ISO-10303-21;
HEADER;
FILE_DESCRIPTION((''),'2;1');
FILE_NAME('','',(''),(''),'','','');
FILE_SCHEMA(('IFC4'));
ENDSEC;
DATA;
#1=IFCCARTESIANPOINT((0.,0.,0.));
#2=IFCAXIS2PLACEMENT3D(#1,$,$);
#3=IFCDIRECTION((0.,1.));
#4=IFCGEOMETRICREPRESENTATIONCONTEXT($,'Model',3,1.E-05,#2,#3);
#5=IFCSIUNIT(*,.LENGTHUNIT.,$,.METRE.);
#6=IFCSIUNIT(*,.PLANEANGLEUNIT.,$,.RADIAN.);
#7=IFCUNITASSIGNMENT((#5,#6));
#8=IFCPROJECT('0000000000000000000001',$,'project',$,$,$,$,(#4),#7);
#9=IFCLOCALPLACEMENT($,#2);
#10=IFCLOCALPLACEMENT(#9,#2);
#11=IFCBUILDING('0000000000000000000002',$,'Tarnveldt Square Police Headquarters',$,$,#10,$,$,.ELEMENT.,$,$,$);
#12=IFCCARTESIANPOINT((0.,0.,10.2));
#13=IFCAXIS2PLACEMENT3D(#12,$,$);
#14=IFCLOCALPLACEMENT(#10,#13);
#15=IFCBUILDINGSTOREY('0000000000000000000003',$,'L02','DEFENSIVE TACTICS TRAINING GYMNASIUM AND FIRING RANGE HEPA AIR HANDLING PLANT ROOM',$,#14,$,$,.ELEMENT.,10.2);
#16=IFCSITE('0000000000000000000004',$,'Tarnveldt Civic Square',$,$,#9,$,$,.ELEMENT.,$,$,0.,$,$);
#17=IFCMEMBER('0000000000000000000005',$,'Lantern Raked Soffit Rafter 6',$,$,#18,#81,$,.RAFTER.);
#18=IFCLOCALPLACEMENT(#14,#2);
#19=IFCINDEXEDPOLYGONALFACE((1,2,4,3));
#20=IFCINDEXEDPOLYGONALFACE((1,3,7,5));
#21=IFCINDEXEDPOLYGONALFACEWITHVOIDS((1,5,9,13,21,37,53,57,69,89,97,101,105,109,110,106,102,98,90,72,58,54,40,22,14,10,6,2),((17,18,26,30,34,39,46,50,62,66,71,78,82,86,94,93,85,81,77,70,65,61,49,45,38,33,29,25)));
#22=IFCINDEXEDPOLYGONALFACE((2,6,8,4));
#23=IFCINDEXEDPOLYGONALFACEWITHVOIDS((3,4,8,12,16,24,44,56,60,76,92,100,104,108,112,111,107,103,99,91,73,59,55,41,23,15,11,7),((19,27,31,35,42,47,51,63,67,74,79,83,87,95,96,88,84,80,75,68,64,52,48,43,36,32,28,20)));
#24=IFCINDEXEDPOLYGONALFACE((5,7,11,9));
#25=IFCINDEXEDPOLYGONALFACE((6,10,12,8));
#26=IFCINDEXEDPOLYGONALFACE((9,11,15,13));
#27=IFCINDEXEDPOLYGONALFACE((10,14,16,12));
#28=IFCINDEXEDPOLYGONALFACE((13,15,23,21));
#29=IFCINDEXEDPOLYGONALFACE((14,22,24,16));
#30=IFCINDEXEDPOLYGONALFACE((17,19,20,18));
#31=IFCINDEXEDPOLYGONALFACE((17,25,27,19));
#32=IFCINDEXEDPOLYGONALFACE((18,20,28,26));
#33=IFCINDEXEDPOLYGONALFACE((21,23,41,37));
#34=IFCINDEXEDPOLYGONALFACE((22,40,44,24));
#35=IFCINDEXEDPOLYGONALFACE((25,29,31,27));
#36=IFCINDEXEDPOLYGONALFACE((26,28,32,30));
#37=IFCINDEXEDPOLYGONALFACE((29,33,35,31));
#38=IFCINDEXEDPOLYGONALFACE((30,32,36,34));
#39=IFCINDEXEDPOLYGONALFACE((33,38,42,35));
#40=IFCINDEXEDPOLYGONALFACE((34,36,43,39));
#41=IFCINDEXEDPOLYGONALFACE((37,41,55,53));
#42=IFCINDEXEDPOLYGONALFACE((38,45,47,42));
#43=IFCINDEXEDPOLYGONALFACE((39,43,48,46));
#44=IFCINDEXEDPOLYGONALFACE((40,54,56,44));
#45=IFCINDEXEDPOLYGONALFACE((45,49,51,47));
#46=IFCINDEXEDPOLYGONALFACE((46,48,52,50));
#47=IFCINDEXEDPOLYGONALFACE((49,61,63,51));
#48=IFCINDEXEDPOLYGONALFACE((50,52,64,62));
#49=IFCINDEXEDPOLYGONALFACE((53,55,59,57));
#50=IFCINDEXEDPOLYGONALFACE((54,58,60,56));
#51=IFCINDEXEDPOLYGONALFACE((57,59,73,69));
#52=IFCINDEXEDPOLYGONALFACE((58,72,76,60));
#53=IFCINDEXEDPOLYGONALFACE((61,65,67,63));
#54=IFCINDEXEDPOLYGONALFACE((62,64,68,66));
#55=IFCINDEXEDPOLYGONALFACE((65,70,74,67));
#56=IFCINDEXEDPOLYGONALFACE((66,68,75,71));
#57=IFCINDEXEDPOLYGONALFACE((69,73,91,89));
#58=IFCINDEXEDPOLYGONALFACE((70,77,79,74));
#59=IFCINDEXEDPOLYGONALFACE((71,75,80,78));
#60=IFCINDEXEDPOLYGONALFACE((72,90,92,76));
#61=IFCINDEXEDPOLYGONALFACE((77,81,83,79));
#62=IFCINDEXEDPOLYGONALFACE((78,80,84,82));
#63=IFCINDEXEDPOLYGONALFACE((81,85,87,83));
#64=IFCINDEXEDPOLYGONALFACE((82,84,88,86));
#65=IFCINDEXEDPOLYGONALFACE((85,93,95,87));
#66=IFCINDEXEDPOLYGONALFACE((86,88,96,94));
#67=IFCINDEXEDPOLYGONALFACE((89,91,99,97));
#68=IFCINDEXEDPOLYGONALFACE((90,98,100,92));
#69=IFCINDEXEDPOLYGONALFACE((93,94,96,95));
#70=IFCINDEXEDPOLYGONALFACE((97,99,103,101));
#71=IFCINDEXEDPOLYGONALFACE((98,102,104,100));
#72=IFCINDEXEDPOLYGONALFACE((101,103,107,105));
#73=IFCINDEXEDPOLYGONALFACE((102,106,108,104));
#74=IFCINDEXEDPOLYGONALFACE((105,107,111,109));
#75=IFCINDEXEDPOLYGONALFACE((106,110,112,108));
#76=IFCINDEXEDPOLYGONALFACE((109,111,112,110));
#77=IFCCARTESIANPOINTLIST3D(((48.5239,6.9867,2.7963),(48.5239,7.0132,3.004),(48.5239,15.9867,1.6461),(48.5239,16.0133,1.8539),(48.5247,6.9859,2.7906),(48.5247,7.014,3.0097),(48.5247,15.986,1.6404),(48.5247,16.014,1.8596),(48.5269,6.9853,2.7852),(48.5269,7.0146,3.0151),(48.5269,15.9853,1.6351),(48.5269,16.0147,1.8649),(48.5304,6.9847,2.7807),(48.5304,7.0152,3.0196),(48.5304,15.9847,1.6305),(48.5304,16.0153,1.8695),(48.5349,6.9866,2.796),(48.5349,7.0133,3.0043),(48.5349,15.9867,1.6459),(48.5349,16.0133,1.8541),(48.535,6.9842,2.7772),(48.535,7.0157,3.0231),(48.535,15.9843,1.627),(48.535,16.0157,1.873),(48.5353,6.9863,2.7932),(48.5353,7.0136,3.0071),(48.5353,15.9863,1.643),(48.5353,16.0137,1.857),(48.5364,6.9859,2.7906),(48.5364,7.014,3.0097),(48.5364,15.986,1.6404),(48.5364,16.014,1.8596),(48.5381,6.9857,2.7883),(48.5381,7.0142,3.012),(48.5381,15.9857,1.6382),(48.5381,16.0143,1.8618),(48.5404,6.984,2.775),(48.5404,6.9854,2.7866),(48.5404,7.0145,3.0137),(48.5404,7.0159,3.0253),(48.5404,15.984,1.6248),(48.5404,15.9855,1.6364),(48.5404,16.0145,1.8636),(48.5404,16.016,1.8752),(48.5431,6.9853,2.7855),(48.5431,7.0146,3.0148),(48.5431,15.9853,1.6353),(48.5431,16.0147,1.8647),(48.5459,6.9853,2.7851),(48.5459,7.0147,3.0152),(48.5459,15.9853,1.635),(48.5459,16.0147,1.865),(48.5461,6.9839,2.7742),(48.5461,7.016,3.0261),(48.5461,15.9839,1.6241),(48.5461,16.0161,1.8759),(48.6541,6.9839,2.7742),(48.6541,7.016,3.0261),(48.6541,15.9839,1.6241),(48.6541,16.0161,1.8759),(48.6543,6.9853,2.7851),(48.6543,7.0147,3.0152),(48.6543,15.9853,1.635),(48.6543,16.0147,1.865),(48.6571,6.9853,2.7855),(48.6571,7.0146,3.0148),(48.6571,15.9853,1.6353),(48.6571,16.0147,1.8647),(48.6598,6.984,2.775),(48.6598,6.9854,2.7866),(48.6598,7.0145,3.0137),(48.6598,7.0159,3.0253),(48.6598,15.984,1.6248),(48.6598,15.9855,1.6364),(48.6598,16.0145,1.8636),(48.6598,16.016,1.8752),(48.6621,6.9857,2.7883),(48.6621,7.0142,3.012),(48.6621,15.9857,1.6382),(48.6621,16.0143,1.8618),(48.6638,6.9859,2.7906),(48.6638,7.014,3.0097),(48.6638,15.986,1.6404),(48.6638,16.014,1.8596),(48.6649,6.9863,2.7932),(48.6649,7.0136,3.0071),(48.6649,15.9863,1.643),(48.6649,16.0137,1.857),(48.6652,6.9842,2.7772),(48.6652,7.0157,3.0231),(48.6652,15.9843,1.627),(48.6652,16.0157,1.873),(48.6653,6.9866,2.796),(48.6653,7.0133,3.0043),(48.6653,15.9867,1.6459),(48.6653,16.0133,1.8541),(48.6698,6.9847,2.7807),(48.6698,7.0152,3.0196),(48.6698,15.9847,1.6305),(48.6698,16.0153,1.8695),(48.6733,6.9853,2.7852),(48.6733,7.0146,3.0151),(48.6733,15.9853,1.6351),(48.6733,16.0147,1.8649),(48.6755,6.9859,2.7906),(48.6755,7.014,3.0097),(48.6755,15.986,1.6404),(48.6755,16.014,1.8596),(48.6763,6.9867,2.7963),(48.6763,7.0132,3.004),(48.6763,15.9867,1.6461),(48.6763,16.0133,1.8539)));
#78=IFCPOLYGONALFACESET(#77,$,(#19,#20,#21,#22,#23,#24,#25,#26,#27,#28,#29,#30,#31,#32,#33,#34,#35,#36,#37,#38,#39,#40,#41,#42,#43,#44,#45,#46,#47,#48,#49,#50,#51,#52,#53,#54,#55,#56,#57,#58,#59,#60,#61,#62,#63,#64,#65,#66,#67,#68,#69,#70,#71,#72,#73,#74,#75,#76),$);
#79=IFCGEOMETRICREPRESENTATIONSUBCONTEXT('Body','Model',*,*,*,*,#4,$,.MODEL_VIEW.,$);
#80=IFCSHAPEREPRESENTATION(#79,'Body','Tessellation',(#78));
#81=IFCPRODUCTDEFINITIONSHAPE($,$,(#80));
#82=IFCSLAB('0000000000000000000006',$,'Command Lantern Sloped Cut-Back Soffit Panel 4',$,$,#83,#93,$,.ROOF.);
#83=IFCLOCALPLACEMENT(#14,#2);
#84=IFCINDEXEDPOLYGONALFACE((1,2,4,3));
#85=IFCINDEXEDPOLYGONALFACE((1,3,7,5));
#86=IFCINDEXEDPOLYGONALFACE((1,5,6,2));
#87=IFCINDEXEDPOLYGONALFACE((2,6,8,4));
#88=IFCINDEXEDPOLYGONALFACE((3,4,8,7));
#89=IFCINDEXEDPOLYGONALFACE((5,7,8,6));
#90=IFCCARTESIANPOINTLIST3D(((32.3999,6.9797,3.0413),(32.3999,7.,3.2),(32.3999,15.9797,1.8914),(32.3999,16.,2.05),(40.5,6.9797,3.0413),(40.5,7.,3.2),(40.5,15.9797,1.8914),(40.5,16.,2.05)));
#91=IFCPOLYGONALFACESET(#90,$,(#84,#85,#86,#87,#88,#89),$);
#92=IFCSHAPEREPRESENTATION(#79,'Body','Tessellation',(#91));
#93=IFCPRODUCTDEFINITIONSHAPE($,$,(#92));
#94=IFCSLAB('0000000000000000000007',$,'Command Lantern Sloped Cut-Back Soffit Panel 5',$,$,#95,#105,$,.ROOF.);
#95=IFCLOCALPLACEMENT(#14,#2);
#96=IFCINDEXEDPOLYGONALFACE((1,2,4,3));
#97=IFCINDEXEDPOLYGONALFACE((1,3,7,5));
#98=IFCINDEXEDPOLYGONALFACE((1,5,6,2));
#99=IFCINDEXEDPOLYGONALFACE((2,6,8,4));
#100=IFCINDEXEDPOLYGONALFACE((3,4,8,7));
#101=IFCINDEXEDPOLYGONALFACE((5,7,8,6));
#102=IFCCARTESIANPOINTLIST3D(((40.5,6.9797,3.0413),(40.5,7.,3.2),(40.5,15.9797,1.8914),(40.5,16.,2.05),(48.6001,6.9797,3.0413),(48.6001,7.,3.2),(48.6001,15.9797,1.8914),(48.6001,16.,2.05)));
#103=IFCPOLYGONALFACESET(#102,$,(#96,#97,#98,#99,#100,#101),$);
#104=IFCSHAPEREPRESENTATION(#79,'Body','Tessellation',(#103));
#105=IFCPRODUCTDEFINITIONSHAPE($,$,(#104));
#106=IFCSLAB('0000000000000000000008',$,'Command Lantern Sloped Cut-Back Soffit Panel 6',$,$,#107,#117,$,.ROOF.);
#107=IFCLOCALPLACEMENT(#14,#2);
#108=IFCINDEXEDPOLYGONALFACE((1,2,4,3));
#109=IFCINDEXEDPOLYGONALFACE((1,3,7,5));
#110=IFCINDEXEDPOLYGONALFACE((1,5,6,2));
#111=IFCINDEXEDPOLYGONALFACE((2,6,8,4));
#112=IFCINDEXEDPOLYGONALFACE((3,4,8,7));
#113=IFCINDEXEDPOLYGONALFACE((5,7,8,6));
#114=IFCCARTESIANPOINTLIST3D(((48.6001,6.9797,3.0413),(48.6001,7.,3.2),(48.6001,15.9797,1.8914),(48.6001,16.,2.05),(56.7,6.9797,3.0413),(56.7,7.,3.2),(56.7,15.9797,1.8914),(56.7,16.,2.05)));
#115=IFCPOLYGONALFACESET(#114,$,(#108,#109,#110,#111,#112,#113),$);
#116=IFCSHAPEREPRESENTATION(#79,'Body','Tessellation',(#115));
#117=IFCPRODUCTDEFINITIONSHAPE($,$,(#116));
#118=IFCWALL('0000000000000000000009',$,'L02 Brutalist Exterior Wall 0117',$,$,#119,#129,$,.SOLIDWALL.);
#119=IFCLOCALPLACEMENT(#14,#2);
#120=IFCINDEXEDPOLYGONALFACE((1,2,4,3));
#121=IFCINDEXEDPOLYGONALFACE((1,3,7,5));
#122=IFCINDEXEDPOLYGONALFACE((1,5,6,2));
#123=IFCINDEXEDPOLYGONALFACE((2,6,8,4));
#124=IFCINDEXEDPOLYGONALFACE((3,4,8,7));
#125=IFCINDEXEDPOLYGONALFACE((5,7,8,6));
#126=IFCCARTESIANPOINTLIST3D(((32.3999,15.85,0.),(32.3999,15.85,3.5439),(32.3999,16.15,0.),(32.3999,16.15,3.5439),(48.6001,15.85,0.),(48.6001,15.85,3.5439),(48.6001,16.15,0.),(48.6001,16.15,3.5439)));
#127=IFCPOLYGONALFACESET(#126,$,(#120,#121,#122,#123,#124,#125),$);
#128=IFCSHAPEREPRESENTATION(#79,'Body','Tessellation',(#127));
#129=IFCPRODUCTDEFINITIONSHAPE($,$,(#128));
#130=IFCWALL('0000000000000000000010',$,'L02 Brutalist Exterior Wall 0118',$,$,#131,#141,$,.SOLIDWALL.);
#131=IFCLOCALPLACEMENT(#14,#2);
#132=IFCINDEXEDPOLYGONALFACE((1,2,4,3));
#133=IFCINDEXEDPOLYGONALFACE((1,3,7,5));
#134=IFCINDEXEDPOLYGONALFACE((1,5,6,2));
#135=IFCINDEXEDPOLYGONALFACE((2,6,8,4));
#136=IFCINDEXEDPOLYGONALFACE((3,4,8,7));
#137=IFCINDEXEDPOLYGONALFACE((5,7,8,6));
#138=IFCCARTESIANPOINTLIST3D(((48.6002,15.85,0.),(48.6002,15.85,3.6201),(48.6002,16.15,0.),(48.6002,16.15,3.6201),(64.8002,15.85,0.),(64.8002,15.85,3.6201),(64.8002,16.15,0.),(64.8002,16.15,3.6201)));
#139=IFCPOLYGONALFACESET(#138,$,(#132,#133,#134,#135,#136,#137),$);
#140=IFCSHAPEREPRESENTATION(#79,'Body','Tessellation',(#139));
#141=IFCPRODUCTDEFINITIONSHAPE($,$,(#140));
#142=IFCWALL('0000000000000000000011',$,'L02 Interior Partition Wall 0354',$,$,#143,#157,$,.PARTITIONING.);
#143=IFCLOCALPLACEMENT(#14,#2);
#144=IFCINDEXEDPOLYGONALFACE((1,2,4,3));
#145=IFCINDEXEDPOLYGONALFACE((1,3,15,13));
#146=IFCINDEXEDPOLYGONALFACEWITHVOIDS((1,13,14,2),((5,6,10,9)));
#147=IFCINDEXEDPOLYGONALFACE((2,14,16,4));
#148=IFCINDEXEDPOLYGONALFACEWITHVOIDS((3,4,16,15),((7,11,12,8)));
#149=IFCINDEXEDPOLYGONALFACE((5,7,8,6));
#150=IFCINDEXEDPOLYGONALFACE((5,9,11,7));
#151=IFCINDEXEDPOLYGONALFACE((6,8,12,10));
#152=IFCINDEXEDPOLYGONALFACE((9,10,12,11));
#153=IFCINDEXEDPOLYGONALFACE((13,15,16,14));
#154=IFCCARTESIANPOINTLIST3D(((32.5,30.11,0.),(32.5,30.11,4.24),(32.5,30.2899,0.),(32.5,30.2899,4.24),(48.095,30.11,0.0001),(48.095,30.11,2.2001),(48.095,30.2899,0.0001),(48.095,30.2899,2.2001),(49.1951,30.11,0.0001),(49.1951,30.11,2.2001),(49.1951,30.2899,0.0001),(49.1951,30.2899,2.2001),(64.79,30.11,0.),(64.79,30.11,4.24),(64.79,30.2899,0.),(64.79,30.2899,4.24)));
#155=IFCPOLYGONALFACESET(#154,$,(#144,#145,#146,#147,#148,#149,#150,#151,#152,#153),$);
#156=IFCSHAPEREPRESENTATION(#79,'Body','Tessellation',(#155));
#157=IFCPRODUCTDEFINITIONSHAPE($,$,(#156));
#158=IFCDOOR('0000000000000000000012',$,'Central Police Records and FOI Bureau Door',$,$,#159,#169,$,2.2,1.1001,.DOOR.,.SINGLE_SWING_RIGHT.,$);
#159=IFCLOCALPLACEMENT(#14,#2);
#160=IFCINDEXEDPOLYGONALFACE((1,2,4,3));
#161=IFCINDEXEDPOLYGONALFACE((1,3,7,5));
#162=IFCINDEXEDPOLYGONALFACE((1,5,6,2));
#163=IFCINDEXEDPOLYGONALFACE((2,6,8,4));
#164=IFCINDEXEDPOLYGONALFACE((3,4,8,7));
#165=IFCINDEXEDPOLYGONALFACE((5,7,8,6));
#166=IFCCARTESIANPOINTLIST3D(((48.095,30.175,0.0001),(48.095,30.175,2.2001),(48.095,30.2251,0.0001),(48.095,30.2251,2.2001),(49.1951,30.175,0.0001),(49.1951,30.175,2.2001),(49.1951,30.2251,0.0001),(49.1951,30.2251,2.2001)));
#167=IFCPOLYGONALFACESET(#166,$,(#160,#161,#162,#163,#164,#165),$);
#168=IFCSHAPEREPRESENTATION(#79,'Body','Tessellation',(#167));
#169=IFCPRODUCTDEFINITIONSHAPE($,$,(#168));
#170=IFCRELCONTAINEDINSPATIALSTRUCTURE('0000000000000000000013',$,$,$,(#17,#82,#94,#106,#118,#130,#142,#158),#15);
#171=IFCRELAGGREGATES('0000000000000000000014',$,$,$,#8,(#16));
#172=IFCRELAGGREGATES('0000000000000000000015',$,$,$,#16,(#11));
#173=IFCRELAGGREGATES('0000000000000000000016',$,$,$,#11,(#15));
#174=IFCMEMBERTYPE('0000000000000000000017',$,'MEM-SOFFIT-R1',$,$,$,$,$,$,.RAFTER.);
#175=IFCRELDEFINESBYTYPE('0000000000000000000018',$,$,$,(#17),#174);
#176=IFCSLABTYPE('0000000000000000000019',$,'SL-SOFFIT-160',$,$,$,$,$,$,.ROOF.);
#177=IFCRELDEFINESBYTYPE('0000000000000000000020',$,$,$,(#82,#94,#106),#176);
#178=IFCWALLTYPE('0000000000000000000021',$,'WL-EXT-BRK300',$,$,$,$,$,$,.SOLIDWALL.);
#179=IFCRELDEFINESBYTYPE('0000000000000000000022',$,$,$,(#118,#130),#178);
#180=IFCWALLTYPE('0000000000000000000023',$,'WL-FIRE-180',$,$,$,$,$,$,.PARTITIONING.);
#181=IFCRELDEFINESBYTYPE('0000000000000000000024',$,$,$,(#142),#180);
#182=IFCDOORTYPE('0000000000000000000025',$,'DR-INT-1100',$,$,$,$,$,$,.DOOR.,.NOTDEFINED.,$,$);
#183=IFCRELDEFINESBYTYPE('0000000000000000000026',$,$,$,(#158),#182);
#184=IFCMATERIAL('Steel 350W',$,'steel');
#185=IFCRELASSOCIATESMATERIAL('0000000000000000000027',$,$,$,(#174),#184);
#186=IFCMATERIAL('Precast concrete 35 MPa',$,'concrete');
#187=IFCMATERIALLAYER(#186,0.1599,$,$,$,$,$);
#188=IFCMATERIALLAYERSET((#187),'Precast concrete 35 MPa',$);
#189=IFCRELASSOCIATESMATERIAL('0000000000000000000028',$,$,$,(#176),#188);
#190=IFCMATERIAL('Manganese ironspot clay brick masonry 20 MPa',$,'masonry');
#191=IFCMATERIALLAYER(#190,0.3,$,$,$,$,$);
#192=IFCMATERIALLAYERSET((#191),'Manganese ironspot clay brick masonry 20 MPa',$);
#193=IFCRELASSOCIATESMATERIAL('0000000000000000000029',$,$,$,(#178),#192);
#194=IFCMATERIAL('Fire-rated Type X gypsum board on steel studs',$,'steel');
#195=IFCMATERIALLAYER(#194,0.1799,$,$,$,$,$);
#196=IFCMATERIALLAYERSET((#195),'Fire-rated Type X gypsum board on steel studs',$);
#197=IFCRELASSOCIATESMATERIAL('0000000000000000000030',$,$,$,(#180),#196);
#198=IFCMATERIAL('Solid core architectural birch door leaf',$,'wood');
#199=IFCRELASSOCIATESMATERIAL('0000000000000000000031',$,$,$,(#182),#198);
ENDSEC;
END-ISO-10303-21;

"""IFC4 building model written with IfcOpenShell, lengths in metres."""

from ifc_helpers import new_model, si_unit, direction, frame, frame_2d, origin, origin_2d, place, context, subcontext, project, spatial, polyline, rectangle, hollow_rectangle, outline, extrude, material, layer, layer_set, material_profile, profile_set, type_object, element, fill, save


model = new_model("IFC4")

# Units and contexts
model_context = context("Model", 3, precision=1e-05, world=origin(), true_north=direction((0.0, 1.0)))
body_context = subcontext(model_context, "Body", "Model", "MODEL_VIEW")
ifc_project = project(units=[si_unit("LENGTHUNIT", "METRE"), si_unit("PLANEANGLEUNIT", "RADIAN")], contexts=[model_context])

# Site, building, storey
site_placement = place(None, origin())
site = spatial("IfcSite", under=ifc_project, at=site_placement, Name="Tarnveldt Civic Square", CompositionType="ELEMENT", RefElevation=0.0)
building_placement = place(site_placement, origin())
building = spatial("IfcBuilding", under=site, at=building_placement, Name="Tarnveldt Square Police Headquarters", CompositionType="ELEMENT")
storey_placement = place(building_placement, frame((0.0, 0.0, 10.2)))
storey = spatial("IfcBuildingStorey", under=building, at=storey_placement, Name="L02", Description="DEFENSIVE TACTICS TRAINING GYMNASIUM AND FIRING RANGE HEPA AIR HANDLING PLANT ROOM", CompositionType="ELEMENT", Elevation=10.2)

# Member
ifc_material_1 = material(Name="Steel 350W", Category="steel")
ifc_material_profile_1 = material_profile(ifc_material_1, hollow_rectangle(XDim=0.1523, YDim=0.2539, WallThickness=0.011, InnerFilletRadius=0.011, OuterFilletRadius=0.0222, at=origin_2d()), Name="HSS254x152x11")
ifc_profile_set_1 = profile_set([ifc_material_profile_1], Name="Steel 350W")
member_type_1 = type_object("IfcMemberType", Name="MEM-SOFFIT-R1", PredefinedType="RAFTER", material=ifc_profile_set_1)
for number, where, z_axis, x_axis, name in (
    (1, (48.6001, 16.0, 1.75), (0.0, -0.991933, 0.126763), (1.0, 0.0, 0.0), "Lantern Raked Soffit Rafter 6"),
):
    element("IfcMember", number, at=place(storey_placement, frame(where, z_axis=z_axis, x_axis=x_axis)), inside=storey, type_object=member_type_1, Name=name, PredefinedType="RAFTER", context=body_context, shape_type="SweptSolid", body=[
        extrude(hollow_rectangle(XDim=0.1523, YDim=0.2539, WallThickness=0.011, InnerFilletRadius=0.011, OuterFilletRadius=0.0222, at=origin_2d()), origin(), (0.0, 0.0, 1.0), 9.0732),
    ])

# Slabs
ifc_material_2 = material(Name="Precast concrete 35 MPa", Category="concrete")
ifc_layer_1 = layer(ifc_material_2, 0.1599)
ifc_layer_set_1 = layer_set([ifc_layer_1], Name="Precast concrete 35 MPa")
slab_type = type_object("IfcSlabType", Name="SL-SOFFIT-160", PredefinedType="ROOF", material=ifc_layer_set_1)
for number, where, z_axis, x_axis, name in (
    (2, (32.3999, 16.0, 2.05), (0.0, 0.126737, 0.991936), (1.0, 0.0, 0.0), "Command Lantern Sloped Cut-Back Soffit Panel 4"),
    (3, (40.5, 16.0, 2.05), (0.0, 0.126737, 0.991936), (1.0, 0.0, 0.0), "Command Lantern Sloped Cut-Back Soffit Panel 5"),
):
    element("IfcSlab", number, at=place(storey_placement, frame(where, z_axis=z_axis, x_axis=x_axis)), inside=storey, type_object=slab_type, Name=name, PredefinedType="ROOF", context=body_context, shape_type="SweptSolid", body=[
        extrude(outline(polyline([(0.0, 0.0), (8.1001, 0.0), (8.1001, -9.0732), (0.0, -9.0732), (0.0, 0.0)])), origin(), (0.0, 0.0, -1.0), 0.1599),
    ])
slab_placement = place(storey_placement, frame((48.6001, 16.0, 2.05), z_axis=(0.0, 0.126737, 0.991936), x_axis=(1.0, 0.0, 0.0)))
element("IfcSlab", 4, at=slab_placement, inside=storey, type_object=slab_type, Name="Command Lantern Sloped Cut-Back Soffit Panel 6", PredefinedType="ROOF", context=body_context, shape_type="SweptSolid", body=[
    extrude(outline(polyline([(0.0, 0.0), (8.0999, 0.0), (8.0999, -9.0732), (0.0, -9.0732), (0.0, 0.0)])), origin(), (0.0, 0.0, -1.0), 0.1599),
])

# Walls
ifc_material_3 = material(Name="Manganese ironspot clay brick masonry 20 MPa", Category="masonry")
ifc_layer_2 = layer(ifc_material_3, 0.3)
ifc_layer_set_2 = layer_set([ifc_layer_2], Name="Manganese ironspot clay brick masonry 20 MPa")
wall_type_1 = type_object("IfcWallType", Name="WL-EXT-BRK300", PredefinedType="SOLIDWALL", material=ifc_layer_set_2)
wall_1_placement = place(storey_placement, frame((32.3999, 16.0, 0.0), z_axis=(0.0, 0.0, 1.0), x_axis=(1.0, 0.0, 0.0)))
element("IfcWall", 5, at=wall_1_placement, inside=storey, type_object=wall_type_1, Name="L02 Brutalist Exterior Wall 0117", PredefinedType="SOLIDWALL", context=body_context, shape_type="SweptSolid", body=[
    extrude(rectangle(XDim=16.2002, YDim=0.3, at=frame_2d((8.1001, 0.0))), origin(), (0.0, 0.0, 1.0), 3.5439),
])
wall_2_placement = place(storey_placement, frame((48.6001, 16.0, 0.0), z_axis=(0.0, 0.0, 1.0), x_axis=(1.0, 0.0, 0.0)))
element("IfcWall", 6, at=wall_2_placement, inside=storey, type_object=wall_type_1, Name="L02 Brutalist Exterior Wall 0118", PredefinedType="SOLIDWALL", context=body_context, shape_type="SweptSolid", body=[
    extrude(rectangle(XDim=16.2, YDim=0.3, at=frame_2d((8.1001, 0.0))), origin(), (0.0, 0.0, 1.0), 3.6201),
])

# Wall, opening, door
ifc_material_4 = material(Name="Fire-rated Type X gypsum board on steel studs", Category="steel")
ifc_layer_3 = layer(ifc_material_4, 0.1799)
ifc_layer_set_3 = layer_set([ifc_layer_3], Name="Fire-rated Type X gypsum board on steel studs")
wall_type_2 = type_object("IfcWallType", Name="WL-FIRE-180", PredefinedType="PARTITIONING", material=ifc_layer_set_3)
wall_3_placement = place(storey_placement, frame((32.5, 30.2, 0.0), z_axis=(0.0, 0.0, 1.0), x_axis=(1.0, 0.0, 0.0)))
wall_3 = element("IfcWall", 7, at=wall_3_placement, inside=storey, type_object=wall_type_2, Name="L02 Interior Partition Wall 0354", PredefinedType="PARTITIONING", context=body_context, shape_type="SweptSolid", body=[
    extrude(rectangle(XDim=32.29, YDim=0.1799, at=frame_2d((16.145, 0.0))), origin(), (0.0, 0.0, 1.0), 4.24),
])
opening_1_placement = place(wall_3_placement, frame((15.595, 0.0, 0.0)))
opening_1 = element("IfcOpeningElement", 8, at=opening_1_placement, cuts=wall_3, PredefinedType="OPENING", context=body_context, shape_type="SweptSolid", body=[
    extrude(rectangle(XDim=1.1001, YDim=2.2, at=frame_2d((0.55, 1.1001))), frame((0.0, 0.0999, 0.0), z_axis=(0.0, -1.0, 0.0), x_axis=(1.0, 0.0, 0.0)), (0.0, 0.0, 1.0), 0.2),
])
ifc_material_5 = material(Name="Solid core architectural birch door leaf", Category="wood")
door_type_1 = type_object("IfcDoorType", Name="DR-INT-1100", OperationType="NOTDEFINED", PredefinedType="DOOR", material=ifc_material_5)
door_1_placement = place(opening_1_placement, frame((1.1001, 0.0, 0.0), z_axis=(0.0, 0.0, 1.0), x_axis=(-1.0, 0.0, 0.0)))
door_1 = element("IfcDoor", 9, at=door_1_placement, inside=storey, type_object=door_type_1, Name="Central Police Records and FOI Bureau Door", OperationType="SINGLE_SWING_RIGHT", OverallHeight=2.2, OverallWidth=1.1001, PredefinedType="DOOR", context=body_context, shape_type="SweptSolid", body=[
    extrude(rectangle(XDim=1.1001, YDim=2.2, at=frame_2d((0.55, 1.1001))), frame((0.0, 0.0249, 0.0), z_axis=(0.0, -1.0, 0.0), x_axis=(1.0, 0.0, 0.0)), (0.0, 0.0, 1.0), 0.05),
])
fill(opening_1, door_1)

save(model, "model.ifc")
